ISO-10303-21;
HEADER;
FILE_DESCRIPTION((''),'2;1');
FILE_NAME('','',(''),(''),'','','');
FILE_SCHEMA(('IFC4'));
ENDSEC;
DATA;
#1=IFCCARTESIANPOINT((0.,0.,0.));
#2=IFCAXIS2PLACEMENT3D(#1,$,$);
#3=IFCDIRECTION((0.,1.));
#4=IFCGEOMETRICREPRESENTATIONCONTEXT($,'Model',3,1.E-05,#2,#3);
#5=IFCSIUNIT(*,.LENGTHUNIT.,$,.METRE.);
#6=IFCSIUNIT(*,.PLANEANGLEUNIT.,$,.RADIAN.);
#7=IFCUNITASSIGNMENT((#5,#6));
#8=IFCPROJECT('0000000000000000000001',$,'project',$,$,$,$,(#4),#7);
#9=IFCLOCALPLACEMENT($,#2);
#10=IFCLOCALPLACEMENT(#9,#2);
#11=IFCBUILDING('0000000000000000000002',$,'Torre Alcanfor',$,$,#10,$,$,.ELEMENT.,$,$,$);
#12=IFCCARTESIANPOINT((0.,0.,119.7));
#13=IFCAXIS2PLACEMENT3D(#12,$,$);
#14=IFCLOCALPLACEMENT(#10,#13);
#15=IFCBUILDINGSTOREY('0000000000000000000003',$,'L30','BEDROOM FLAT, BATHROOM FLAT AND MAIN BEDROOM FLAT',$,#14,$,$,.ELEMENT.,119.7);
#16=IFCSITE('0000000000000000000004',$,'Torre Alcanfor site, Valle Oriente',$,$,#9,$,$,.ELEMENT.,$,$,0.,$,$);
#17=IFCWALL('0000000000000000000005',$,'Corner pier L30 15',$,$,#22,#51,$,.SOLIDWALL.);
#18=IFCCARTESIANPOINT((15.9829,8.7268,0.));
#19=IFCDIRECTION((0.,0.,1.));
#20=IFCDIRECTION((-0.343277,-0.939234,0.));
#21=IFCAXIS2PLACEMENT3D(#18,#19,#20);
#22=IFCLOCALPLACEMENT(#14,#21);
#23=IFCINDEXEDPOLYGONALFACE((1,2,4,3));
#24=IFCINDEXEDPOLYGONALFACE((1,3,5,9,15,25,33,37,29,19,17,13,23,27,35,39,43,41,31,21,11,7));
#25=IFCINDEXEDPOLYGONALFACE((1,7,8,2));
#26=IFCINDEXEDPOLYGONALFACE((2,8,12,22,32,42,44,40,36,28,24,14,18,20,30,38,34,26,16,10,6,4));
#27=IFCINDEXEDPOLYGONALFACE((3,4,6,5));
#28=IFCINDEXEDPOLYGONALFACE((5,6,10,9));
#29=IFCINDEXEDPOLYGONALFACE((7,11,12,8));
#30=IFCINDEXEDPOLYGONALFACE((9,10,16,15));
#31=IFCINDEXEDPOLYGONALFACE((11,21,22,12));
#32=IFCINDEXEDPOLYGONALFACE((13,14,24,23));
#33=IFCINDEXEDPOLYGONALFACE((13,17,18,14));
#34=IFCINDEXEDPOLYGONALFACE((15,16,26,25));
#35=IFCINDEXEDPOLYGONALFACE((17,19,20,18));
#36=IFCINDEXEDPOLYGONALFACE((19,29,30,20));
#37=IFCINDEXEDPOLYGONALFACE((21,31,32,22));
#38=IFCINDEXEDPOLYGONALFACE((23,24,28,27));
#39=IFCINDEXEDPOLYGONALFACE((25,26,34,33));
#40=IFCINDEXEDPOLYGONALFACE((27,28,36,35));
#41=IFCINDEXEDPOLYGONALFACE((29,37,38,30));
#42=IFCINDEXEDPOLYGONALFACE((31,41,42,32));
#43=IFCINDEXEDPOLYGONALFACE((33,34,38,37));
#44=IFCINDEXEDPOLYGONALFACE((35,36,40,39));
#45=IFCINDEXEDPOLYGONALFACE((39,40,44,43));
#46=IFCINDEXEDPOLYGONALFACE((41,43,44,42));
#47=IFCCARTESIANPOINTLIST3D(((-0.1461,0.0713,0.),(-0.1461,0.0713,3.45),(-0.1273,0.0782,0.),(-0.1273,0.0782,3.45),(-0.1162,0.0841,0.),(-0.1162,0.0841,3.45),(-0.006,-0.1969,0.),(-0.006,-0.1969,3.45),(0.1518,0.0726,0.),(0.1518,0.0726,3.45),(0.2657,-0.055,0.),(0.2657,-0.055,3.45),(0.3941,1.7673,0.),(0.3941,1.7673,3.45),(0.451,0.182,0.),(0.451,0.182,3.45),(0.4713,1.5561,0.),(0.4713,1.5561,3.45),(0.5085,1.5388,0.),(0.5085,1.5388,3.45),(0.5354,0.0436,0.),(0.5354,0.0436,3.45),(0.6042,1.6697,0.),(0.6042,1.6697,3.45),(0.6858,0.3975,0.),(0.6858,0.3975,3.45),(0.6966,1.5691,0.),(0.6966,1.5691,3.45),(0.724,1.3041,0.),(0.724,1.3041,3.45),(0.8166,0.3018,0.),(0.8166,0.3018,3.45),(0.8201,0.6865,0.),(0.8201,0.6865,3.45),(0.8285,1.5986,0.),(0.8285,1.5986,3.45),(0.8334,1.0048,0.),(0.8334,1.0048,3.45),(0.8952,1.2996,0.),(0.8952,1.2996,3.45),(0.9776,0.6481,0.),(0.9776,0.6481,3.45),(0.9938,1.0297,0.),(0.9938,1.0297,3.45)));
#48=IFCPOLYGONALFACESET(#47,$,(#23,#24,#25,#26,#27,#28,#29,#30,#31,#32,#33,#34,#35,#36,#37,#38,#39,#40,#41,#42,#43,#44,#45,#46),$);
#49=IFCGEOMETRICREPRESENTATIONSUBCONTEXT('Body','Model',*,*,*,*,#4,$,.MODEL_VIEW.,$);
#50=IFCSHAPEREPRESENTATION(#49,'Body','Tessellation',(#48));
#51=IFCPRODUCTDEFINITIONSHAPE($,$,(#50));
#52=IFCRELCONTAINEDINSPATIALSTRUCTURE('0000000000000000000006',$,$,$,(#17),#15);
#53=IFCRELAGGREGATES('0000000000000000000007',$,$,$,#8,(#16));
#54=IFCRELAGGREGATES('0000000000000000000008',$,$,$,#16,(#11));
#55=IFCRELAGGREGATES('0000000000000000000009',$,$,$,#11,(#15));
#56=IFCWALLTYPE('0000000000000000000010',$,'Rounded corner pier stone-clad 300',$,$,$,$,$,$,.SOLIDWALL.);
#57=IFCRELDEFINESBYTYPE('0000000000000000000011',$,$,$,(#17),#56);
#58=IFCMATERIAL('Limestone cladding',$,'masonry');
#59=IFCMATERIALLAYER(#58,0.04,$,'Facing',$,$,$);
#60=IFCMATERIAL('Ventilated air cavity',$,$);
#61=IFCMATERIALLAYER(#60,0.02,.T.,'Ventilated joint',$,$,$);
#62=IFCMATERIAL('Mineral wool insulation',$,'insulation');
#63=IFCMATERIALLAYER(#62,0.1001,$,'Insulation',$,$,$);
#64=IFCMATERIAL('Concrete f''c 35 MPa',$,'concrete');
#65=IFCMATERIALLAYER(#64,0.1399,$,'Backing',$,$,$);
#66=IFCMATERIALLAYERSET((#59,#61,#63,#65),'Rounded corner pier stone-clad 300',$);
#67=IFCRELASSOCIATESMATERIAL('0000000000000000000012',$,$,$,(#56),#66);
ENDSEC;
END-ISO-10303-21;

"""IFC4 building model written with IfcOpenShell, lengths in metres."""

from ifc_helpers import new_model, si_unit, direction, frame, origin, place, context, subcontext, project, spatial, polyline, outline, extrude, material, layer, layer_set, type_object, element, save


model = new_model("IFC4")

# Units and contexts
model_context = context("Model", 3, precision=1e-05, world=origin(), true_north=direction((0.0, 1.0)))
body_context = subcontext(model_context, "Body", "Model", "MODEL_VIEW")
ifc_project = project(units=[si_unit("LENGTHUNIT", "METRE"), si_unit("PLANEANGLEUNIT", "RADIAN")], contexts=[model_context])

# Site, building, storey
site_placement = place(None, origin())
site = spatial("IfcSite", under=ifc_project, at=site_placement, Name="Torre Alcanfor site, Valle Oriente", CompositionType="ELEMENT", RefElevation=0.0)
building_placement = place(site_placement, origin())
building = spatial("IfcBuilding", under=site, at=building_placement, Name="Torre Alcanfor", CompositionType="ELEMENT")
storey_placement = place(building_placement, frame((0.0, 0.0, 119.7)))
storey = spatial("IfcBuildingStorey", under=building, at=storey_placement, Name="L30", Description="BEDROOM FLAT, BATHROOM FLAT AND MAIN BEDROOM FLAT", CompositionType="ELEMENT", Elevation=119.7)

# Wall
ifc_material_1 = material(Name="Limestone cladding", Category="masonry")
ifc_layer_1 = layer(ifc_material_1, 0.04, Name="Facing")
ifc_material_2 = material(Name="Ventilated air cavity")
ifc_layer_2 = layer(ifc_material_2, 0.02, ventilated=True, Name="Ventilated joint")
ifc_material_3 = material(Name="Mineral wool insulation", Category="insulation")
ifc_layer_3 = layer(ifc_material_3, 0.1001, Name="Insulation")
ifc_material_4 = material(Name="Concrete f'c 35 MPa", Category="concrete")
ifc_layer_4 = layer(ifc_material_4, 0.1399, Name="Backing")
ifc_layer_set_1 = layer_set([ifc_layer_1, ifc_layer_2, ifc_layer_3, ifc_layer_4], Name="Rounded corner pier stone-clad 300")
wall_type_1 = type_object("IfcWallType", Name="Rounded corner pier stone-clad 300", PredefinedType="SOLIDWALL", material=ifc_layer_set_1)
wall_1_placement = place(storey_placement, frame((15.9829, 8.7268, 0.0), z_axis=(0.0, 0.0, 1.0), x_axis=(-0.343277, -0.939234, 0.0)))
element("IfcWall", 1, at=wall_1_placement, inside=storey, type_object=wall_type_1, Name="Corner pier L30 15", PredefinedType="SOLIDWALL", context=body_context, shape_type="SweptSolid", body=[
    extrude(outline(polyline([(0.8285, 1.5986), (0.6966, 1.5691), (0.6042, 1.6697), (0.3941, 1.7673), (0.4713, 1.5561), (0.5085, 1.5388), (0.724, 1.3041), (0.8334, 1.0048), (0.8201, 0.6865), (0.6858, 0.3975), (0.451, 0.182), (0.1518, 0.0726), (-0.1162, 0.0841), (-0.1273, 0.0782), (-0.1461, 0.0713), (-0.006, -0.1969), (0.2657, -0.055), (0.5354, 0.0436), (0.8166, 0.3018), (0.9776, 0.6481), (0.9938, 1.0297), (0.8952, 1.2996), (0.8285, 1.5986)])), origin(), (0.0, 0.0, 1.0), 3.45),
])

save(model, "model.ifc")
